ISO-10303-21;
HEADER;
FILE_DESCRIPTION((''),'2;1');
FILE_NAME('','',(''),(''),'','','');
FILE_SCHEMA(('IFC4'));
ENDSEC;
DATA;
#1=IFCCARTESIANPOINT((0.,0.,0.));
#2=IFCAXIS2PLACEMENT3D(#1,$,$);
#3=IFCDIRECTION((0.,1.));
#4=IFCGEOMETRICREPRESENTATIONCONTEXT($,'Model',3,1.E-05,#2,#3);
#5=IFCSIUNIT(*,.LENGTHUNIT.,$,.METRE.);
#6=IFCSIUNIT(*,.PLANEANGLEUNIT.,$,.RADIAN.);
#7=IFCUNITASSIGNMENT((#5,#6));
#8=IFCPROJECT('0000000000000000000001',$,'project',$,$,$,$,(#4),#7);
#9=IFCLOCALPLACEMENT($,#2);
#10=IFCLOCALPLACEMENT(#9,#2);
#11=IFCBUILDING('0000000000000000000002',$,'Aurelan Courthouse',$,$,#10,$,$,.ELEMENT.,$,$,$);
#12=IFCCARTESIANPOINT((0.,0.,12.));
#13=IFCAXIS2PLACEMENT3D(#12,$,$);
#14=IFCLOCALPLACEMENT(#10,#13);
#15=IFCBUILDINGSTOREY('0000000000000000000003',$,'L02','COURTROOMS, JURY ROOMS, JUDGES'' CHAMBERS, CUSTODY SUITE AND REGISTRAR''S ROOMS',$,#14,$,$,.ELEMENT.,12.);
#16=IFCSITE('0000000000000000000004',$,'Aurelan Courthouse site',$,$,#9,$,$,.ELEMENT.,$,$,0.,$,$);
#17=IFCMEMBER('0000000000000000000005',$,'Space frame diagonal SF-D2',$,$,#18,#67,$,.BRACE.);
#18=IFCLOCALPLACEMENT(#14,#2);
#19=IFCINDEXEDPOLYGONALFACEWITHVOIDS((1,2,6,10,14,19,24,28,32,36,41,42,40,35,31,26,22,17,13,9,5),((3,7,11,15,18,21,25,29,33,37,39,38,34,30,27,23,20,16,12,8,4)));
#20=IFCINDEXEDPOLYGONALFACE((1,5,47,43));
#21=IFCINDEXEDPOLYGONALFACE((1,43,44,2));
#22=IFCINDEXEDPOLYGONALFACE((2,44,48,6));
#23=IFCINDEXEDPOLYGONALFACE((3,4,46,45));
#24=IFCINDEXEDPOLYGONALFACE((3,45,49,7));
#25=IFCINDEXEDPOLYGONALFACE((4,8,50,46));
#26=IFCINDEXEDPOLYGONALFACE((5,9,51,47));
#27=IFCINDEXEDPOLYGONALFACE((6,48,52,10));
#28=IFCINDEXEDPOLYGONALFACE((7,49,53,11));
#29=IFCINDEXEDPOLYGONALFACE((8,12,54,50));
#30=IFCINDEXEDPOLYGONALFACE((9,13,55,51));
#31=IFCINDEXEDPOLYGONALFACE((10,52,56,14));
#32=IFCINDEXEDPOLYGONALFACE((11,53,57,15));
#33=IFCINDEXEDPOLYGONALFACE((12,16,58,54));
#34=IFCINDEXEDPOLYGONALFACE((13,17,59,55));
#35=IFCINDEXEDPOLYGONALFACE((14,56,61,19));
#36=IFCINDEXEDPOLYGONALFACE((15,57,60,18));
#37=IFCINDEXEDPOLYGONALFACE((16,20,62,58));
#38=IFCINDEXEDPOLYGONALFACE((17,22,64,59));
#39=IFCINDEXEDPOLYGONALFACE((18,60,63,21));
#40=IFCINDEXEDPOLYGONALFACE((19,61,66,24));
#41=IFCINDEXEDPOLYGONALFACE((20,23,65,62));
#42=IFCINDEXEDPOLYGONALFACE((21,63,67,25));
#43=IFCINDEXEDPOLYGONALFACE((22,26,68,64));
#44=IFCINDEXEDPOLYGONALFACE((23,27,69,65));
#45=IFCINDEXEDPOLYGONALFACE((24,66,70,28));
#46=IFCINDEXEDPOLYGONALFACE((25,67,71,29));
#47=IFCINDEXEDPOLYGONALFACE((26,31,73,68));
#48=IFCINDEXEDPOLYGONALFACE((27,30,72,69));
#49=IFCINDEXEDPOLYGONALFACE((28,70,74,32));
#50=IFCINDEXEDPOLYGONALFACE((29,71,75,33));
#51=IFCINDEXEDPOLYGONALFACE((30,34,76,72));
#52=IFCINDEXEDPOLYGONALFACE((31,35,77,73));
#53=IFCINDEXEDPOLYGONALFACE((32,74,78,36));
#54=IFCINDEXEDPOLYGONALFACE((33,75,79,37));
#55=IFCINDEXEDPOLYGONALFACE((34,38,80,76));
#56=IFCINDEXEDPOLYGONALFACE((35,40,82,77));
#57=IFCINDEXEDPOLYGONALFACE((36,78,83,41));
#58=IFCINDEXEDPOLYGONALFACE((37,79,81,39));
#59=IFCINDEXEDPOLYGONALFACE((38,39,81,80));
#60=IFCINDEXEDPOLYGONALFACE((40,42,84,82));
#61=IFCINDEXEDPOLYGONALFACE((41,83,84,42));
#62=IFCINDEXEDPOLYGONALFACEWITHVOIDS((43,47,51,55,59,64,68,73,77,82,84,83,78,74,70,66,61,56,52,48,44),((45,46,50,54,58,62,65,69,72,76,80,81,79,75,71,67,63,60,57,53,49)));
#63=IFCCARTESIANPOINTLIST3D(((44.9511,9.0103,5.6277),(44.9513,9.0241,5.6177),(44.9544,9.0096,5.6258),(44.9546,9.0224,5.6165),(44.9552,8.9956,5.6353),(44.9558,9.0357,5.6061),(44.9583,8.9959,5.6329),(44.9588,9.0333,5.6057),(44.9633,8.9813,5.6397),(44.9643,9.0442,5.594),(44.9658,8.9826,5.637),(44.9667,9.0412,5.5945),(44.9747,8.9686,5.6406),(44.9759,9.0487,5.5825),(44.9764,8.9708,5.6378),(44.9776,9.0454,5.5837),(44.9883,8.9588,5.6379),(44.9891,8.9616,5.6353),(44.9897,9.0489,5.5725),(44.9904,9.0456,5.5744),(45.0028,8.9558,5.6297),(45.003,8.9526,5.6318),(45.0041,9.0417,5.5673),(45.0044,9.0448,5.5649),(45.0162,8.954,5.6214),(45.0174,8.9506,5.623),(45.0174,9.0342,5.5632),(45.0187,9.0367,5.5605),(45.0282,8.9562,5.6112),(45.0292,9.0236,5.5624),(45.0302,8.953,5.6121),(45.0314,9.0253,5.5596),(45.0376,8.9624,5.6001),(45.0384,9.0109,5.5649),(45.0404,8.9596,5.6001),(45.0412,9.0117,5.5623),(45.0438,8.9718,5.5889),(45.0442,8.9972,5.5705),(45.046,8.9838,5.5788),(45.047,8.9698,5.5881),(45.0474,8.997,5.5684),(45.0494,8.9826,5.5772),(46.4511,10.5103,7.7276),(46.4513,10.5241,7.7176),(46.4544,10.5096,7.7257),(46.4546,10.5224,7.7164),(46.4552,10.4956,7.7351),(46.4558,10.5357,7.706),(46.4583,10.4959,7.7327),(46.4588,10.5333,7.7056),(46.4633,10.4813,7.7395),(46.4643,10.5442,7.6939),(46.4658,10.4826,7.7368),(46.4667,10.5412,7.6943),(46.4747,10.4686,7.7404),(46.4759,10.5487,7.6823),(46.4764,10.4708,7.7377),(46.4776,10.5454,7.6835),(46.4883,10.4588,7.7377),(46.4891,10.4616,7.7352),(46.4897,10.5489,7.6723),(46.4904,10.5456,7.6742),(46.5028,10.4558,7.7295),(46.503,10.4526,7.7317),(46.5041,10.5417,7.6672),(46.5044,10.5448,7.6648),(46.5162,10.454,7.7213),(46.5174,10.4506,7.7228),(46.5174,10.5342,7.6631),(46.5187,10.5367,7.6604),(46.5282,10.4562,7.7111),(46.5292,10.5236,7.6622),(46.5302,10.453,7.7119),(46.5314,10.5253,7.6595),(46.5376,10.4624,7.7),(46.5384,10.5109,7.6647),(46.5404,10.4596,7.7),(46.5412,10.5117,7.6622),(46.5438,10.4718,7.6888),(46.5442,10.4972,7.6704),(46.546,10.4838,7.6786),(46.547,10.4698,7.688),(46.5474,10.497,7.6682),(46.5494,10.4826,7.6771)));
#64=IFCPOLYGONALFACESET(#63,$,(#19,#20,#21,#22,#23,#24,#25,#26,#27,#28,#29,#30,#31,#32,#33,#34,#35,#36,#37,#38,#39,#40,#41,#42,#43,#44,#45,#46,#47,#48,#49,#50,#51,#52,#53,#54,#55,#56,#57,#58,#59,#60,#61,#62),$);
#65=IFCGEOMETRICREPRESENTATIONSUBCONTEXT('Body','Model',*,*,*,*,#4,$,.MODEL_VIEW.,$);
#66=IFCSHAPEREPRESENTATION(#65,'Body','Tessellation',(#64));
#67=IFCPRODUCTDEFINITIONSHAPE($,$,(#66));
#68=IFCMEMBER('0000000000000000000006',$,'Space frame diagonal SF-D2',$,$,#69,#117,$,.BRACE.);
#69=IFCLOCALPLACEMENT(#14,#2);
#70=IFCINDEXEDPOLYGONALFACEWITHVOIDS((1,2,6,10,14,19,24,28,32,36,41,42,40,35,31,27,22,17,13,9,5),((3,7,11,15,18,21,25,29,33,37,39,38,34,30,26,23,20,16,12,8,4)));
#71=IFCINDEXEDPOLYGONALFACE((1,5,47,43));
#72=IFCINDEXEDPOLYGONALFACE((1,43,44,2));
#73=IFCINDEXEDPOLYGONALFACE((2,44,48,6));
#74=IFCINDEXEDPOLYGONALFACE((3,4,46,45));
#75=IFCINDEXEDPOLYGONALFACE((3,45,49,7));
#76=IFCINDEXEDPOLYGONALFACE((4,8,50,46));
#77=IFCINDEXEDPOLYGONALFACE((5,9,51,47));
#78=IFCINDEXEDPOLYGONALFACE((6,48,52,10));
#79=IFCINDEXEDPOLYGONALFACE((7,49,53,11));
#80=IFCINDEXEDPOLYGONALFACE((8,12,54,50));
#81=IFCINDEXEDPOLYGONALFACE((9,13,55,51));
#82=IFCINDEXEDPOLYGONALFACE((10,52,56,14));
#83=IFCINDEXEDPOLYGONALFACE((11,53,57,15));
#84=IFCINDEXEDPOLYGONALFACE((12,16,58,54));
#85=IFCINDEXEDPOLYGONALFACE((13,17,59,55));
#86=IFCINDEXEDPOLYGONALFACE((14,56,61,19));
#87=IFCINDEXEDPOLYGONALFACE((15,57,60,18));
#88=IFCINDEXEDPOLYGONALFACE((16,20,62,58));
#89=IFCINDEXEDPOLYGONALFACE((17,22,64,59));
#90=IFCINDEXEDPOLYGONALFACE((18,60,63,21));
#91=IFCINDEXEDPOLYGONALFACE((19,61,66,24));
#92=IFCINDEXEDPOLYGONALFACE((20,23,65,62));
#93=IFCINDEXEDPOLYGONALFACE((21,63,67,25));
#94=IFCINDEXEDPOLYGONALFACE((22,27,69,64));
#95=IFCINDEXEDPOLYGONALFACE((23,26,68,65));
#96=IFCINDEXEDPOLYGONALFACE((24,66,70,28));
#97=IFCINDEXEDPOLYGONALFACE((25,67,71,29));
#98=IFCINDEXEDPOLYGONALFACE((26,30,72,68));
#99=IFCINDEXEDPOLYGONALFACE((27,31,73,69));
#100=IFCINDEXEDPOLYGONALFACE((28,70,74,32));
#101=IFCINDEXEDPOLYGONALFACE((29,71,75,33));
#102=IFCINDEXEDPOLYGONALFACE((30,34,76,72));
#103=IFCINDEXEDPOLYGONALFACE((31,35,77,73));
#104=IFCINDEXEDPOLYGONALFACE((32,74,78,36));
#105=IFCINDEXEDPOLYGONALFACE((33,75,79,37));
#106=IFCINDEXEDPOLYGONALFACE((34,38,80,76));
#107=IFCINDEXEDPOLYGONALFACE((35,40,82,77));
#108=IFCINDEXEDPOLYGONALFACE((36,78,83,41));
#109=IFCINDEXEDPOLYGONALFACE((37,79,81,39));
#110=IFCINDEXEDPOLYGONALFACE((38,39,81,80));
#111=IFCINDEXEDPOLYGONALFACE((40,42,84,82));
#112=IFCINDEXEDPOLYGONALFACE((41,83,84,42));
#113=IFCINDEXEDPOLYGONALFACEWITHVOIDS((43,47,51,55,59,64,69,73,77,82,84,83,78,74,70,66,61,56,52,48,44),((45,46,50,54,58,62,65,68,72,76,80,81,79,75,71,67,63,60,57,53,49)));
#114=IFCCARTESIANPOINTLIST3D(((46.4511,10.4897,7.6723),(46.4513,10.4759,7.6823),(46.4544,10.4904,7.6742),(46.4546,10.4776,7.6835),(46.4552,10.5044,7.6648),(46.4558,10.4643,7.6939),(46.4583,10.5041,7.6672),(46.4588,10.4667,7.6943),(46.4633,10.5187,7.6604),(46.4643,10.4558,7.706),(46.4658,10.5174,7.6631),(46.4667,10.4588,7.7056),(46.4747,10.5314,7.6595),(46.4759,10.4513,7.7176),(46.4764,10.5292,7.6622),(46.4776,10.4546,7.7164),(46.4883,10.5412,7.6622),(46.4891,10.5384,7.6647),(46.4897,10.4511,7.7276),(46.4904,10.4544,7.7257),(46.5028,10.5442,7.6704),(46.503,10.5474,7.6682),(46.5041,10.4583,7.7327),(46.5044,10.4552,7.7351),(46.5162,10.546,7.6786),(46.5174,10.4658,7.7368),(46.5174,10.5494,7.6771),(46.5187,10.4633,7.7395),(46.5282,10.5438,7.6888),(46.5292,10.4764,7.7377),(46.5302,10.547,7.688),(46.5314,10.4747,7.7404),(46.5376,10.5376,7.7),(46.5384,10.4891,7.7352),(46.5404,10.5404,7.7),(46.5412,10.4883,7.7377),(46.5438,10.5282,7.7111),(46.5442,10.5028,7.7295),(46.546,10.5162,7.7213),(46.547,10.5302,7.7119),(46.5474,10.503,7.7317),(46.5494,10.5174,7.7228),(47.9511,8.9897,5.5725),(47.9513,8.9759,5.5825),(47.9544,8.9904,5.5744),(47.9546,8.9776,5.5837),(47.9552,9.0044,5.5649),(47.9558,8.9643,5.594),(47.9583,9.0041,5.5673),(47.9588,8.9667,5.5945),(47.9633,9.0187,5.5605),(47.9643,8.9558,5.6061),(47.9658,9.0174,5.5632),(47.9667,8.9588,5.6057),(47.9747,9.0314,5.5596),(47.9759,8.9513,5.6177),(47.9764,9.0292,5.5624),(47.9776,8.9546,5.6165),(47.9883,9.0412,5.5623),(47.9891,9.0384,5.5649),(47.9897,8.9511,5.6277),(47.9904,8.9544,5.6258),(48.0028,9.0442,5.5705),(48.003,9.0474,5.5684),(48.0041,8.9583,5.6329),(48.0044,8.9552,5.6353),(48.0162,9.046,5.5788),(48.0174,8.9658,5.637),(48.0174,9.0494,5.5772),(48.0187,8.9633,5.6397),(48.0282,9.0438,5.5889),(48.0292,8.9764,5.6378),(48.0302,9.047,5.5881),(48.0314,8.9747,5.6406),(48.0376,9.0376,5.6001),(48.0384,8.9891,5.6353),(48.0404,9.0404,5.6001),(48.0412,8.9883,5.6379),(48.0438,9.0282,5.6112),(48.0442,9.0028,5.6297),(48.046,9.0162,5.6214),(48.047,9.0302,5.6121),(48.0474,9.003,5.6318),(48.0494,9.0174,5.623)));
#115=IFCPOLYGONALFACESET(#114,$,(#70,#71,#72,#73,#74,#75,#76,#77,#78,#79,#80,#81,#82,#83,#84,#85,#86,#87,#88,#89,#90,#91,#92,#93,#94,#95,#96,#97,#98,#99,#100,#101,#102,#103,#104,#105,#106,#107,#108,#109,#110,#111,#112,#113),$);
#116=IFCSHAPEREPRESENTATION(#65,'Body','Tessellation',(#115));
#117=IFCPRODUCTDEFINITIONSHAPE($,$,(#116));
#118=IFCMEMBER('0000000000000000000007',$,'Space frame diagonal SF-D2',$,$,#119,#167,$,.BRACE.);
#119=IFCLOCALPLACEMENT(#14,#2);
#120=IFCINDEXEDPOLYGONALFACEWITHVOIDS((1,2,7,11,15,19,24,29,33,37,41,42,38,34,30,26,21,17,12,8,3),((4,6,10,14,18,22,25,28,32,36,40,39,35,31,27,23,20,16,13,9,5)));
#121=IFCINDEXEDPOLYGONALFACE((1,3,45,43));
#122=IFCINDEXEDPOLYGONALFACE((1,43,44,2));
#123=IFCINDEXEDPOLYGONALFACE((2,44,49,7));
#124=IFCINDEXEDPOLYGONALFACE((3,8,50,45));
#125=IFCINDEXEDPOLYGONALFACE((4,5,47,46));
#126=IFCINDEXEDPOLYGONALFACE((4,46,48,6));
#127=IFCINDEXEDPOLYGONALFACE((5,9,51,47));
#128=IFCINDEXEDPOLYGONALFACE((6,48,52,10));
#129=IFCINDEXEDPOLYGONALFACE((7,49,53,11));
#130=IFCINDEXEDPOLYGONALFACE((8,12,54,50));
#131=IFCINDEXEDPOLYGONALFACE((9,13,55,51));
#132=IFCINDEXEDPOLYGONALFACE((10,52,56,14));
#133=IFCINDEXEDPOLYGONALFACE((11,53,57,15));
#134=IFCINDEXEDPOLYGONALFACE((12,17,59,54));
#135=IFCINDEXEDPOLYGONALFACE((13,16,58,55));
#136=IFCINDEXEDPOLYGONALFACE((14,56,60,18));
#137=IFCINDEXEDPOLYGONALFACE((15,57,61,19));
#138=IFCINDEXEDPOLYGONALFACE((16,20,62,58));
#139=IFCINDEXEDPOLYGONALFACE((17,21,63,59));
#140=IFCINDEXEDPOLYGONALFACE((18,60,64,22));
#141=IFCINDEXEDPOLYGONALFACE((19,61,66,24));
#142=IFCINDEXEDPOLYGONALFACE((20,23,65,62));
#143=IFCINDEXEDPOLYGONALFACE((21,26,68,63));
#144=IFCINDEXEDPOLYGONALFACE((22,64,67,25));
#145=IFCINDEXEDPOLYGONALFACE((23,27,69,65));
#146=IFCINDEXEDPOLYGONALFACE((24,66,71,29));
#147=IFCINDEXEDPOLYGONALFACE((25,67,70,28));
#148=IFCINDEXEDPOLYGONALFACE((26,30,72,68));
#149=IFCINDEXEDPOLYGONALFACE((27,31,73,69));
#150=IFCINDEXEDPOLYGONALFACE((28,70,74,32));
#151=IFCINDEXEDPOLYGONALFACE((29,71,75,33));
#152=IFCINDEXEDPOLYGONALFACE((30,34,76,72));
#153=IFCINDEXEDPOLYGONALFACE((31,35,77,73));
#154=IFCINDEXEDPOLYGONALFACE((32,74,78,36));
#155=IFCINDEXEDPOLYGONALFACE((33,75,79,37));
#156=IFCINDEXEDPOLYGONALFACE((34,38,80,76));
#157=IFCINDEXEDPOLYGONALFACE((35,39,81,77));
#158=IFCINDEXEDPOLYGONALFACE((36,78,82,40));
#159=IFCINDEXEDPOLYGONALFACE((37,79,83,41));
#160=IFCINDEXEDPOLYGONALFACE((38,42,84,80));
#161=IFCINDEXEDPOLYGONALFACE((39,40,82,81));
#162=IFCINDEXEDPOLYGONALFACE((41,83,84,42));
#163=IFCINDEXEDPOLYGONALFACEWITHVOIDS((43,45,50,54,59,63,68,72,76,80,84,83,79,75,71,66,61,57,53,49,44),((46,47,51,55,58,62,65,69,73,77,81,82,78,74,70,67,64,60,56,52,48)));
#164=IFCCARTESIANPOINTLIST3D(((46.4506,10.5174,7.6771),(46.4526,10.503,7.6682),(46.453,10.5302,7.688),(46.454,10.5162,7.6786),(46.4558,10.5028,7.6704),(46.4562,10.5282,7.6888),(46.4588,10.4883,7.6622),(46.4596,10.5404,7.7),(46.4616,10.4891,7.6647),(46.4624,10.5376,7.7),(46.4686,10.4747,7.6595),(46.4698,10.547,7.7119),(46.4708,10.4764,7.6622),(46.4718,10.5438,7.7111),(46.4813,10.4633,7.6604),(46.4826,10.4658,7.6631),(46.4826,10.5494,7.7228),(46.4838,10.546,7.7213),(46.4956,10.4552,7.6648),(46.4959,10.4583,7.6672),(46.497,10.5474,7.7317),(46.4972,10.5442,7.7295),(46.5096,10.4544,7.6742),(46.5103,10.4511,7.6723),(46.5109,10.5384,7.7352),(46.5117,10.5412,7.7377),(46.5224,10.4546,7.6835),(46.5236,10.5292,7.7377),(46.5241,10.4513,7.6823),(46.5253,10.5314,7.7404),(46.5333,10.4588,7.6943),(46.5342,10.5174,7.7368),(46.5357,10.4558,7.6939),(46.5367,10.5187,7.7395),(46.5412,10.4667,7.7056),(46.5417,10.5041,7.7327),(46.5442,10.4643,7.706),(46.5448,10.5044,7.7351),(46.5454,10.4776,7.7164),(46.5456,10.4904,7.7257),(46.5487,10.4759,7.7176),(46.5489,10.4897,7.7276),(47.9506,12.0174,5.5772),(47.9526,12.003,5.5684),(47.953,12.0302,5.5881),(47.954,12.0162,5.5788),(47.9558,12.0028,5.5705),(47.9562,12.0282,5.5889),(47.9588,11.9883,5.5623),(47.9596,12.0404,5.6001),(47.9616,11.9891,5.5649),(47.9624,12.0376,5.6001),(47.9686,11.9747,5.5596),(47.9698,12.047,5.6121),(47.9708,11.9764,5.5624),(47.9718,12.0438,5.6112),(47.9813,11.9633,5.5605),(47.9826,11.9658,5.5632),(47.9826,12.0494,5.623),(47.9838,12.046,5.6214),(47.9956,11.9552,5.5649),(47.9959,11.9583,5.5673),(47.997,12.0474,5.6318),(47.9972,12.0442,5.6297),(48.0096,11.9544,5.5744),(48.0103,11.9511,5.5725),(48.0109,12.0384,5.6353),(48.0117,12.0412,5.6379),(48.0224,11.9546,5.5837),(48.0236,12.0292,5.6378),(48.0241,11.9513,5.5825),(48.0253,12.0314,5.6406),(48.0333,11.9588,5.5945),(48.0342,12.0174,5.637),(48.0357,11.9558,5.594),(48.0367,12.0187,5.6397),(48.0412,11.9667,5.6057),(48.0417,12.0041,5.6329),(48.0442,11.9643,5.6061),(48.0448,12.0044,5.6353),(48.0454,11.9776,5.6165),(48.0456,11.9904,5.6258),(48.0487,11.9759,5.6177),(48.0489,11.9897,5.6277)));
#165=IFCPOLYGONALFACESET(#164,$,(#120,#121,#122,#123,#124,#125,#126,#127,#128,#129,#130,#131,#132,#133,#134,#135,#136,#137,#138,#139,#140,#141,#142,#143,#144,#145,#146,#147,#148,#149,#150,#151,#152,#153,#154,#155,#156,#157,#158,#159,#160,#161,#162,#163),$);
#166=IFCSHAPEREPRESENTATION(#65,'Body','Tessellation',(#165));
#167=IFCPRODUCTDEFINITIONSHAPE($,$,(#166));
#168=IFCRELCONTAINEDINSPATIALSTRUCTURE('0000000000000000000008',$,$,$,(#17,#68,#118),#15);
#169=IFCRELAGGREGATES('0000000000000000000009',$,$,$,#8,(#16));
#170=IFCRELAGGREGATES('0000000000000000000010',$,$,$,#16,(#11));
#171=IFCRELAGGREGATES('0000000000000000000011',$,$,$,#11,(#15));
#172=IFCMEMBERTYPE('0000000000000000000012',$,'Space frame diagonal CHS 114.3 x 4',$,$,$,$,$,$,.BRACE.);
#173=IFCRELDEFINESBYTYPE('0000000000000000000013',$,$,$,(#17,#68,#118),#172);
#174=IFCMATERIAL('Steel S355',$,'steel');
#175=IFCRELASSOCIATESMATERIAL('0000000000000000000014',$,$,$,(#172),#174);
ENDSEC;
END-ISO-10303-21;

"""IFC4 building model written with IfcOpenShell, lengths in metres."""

from ifc_helpers import new_model, si_unit, direction, frame, origin, origin_2d, place, context, subcontext, project, spatial, hollow_circle, extrude, material, material_profile, profile_set, type_object, element, save


model = new_model("IFC4")

# Units and contexts
model_context = context("Model", 3, precision=1e-05, world=origin(), true_north=direction((0.0, 1.0)))
body_context = subcontext(model_context, "Body", "Model", "MODEL_VIEW")
ifc_project = project(units=[si_unit("LENGTHUNIT", "METRE"), si_unit("PLANEANGLEUNIT", "RADIAN")], contexts=[model_context])

# Site, building, storey
site_placement = place(None, origin())
site = spatial("IfcSite", under=ifc_project, at=site_placement, Name="Aurelan Courthouse site", CompositionType="ELEMENT", RefElevation=0.0)
building_placement = place(site_placement, origin())
building = spatial("IfcBuilding", under=site, at=building_placement, Name="Aurelan Courthouse", CompositionType="ELEMENT")
storey_placement = place(building_placement, frame((0.0, 0.0, 12.0)))
storey = spatial("IfcBuildingStorey", under=building, at=storey_placement, Name="L02", Description="COURTROOMS, JURY ROOMS, JUDGES' CHAMBERS, CUSTODY SUITE AND REGISTRAR'S ROOMS", CompositionType="ELEMENT", Elevation=12.0)

# Members
ifc_material_1 = material(Name="Steel S355", Category="steel")
ifc_material_profile_1 = material_profile(ifc_material_1, hollow_circle(Radius=0.0571, WallThickness=0.0039, at=origin_2d()), Name="CHS 114.3 x 4")
ifc_profile_set_1 = profile_set([ifc_material_profile_1], Name="Steel S355")
member_type_1 = type_object("IfcMemberType", Name="Space frame diagonal CHS 114.3 x 4", PredefinedType="BRACE", material=ifc_profile_set_1)
for number, where, z_axis, x_axis, name in (
    (1, (46.5, 10.5, 7.7), (-0.502536, -0.502536, -0.703502), (0.707107, -0.707107, 0.0), "Space frame diagonal SF-D2"),
    (2, (46.5, 10.5, 7.7), (0.502536, -0.502536, -0.703502), (0.707107, 0.707107, 0.0), "Space frame diagonal SF-D2"),
    (3, (46.5, 10.5, 7.7), (0.502536, 0.502536, -0.703502), (-0.707107, 0.707107, 0.0), "Space frame diagonal SF-D2"),
):
    element("IfcMember", number, at=place(storey_placement, frame(where, z_axis=z_axis, x_axis=x_axis)), inside=storey, type_object=member_type_1, Name=name, PredefinedType="BRACE", context=body_context, shape_type="SweptSolid", body=[
        extrude(hollow_circle(Radius=0.0571, WallThickness=0.0039, at=origin_2d()), origin(), (0.0, 0.0, 1.0), 2.9849),
    ])

save(model, "model.ifc")
